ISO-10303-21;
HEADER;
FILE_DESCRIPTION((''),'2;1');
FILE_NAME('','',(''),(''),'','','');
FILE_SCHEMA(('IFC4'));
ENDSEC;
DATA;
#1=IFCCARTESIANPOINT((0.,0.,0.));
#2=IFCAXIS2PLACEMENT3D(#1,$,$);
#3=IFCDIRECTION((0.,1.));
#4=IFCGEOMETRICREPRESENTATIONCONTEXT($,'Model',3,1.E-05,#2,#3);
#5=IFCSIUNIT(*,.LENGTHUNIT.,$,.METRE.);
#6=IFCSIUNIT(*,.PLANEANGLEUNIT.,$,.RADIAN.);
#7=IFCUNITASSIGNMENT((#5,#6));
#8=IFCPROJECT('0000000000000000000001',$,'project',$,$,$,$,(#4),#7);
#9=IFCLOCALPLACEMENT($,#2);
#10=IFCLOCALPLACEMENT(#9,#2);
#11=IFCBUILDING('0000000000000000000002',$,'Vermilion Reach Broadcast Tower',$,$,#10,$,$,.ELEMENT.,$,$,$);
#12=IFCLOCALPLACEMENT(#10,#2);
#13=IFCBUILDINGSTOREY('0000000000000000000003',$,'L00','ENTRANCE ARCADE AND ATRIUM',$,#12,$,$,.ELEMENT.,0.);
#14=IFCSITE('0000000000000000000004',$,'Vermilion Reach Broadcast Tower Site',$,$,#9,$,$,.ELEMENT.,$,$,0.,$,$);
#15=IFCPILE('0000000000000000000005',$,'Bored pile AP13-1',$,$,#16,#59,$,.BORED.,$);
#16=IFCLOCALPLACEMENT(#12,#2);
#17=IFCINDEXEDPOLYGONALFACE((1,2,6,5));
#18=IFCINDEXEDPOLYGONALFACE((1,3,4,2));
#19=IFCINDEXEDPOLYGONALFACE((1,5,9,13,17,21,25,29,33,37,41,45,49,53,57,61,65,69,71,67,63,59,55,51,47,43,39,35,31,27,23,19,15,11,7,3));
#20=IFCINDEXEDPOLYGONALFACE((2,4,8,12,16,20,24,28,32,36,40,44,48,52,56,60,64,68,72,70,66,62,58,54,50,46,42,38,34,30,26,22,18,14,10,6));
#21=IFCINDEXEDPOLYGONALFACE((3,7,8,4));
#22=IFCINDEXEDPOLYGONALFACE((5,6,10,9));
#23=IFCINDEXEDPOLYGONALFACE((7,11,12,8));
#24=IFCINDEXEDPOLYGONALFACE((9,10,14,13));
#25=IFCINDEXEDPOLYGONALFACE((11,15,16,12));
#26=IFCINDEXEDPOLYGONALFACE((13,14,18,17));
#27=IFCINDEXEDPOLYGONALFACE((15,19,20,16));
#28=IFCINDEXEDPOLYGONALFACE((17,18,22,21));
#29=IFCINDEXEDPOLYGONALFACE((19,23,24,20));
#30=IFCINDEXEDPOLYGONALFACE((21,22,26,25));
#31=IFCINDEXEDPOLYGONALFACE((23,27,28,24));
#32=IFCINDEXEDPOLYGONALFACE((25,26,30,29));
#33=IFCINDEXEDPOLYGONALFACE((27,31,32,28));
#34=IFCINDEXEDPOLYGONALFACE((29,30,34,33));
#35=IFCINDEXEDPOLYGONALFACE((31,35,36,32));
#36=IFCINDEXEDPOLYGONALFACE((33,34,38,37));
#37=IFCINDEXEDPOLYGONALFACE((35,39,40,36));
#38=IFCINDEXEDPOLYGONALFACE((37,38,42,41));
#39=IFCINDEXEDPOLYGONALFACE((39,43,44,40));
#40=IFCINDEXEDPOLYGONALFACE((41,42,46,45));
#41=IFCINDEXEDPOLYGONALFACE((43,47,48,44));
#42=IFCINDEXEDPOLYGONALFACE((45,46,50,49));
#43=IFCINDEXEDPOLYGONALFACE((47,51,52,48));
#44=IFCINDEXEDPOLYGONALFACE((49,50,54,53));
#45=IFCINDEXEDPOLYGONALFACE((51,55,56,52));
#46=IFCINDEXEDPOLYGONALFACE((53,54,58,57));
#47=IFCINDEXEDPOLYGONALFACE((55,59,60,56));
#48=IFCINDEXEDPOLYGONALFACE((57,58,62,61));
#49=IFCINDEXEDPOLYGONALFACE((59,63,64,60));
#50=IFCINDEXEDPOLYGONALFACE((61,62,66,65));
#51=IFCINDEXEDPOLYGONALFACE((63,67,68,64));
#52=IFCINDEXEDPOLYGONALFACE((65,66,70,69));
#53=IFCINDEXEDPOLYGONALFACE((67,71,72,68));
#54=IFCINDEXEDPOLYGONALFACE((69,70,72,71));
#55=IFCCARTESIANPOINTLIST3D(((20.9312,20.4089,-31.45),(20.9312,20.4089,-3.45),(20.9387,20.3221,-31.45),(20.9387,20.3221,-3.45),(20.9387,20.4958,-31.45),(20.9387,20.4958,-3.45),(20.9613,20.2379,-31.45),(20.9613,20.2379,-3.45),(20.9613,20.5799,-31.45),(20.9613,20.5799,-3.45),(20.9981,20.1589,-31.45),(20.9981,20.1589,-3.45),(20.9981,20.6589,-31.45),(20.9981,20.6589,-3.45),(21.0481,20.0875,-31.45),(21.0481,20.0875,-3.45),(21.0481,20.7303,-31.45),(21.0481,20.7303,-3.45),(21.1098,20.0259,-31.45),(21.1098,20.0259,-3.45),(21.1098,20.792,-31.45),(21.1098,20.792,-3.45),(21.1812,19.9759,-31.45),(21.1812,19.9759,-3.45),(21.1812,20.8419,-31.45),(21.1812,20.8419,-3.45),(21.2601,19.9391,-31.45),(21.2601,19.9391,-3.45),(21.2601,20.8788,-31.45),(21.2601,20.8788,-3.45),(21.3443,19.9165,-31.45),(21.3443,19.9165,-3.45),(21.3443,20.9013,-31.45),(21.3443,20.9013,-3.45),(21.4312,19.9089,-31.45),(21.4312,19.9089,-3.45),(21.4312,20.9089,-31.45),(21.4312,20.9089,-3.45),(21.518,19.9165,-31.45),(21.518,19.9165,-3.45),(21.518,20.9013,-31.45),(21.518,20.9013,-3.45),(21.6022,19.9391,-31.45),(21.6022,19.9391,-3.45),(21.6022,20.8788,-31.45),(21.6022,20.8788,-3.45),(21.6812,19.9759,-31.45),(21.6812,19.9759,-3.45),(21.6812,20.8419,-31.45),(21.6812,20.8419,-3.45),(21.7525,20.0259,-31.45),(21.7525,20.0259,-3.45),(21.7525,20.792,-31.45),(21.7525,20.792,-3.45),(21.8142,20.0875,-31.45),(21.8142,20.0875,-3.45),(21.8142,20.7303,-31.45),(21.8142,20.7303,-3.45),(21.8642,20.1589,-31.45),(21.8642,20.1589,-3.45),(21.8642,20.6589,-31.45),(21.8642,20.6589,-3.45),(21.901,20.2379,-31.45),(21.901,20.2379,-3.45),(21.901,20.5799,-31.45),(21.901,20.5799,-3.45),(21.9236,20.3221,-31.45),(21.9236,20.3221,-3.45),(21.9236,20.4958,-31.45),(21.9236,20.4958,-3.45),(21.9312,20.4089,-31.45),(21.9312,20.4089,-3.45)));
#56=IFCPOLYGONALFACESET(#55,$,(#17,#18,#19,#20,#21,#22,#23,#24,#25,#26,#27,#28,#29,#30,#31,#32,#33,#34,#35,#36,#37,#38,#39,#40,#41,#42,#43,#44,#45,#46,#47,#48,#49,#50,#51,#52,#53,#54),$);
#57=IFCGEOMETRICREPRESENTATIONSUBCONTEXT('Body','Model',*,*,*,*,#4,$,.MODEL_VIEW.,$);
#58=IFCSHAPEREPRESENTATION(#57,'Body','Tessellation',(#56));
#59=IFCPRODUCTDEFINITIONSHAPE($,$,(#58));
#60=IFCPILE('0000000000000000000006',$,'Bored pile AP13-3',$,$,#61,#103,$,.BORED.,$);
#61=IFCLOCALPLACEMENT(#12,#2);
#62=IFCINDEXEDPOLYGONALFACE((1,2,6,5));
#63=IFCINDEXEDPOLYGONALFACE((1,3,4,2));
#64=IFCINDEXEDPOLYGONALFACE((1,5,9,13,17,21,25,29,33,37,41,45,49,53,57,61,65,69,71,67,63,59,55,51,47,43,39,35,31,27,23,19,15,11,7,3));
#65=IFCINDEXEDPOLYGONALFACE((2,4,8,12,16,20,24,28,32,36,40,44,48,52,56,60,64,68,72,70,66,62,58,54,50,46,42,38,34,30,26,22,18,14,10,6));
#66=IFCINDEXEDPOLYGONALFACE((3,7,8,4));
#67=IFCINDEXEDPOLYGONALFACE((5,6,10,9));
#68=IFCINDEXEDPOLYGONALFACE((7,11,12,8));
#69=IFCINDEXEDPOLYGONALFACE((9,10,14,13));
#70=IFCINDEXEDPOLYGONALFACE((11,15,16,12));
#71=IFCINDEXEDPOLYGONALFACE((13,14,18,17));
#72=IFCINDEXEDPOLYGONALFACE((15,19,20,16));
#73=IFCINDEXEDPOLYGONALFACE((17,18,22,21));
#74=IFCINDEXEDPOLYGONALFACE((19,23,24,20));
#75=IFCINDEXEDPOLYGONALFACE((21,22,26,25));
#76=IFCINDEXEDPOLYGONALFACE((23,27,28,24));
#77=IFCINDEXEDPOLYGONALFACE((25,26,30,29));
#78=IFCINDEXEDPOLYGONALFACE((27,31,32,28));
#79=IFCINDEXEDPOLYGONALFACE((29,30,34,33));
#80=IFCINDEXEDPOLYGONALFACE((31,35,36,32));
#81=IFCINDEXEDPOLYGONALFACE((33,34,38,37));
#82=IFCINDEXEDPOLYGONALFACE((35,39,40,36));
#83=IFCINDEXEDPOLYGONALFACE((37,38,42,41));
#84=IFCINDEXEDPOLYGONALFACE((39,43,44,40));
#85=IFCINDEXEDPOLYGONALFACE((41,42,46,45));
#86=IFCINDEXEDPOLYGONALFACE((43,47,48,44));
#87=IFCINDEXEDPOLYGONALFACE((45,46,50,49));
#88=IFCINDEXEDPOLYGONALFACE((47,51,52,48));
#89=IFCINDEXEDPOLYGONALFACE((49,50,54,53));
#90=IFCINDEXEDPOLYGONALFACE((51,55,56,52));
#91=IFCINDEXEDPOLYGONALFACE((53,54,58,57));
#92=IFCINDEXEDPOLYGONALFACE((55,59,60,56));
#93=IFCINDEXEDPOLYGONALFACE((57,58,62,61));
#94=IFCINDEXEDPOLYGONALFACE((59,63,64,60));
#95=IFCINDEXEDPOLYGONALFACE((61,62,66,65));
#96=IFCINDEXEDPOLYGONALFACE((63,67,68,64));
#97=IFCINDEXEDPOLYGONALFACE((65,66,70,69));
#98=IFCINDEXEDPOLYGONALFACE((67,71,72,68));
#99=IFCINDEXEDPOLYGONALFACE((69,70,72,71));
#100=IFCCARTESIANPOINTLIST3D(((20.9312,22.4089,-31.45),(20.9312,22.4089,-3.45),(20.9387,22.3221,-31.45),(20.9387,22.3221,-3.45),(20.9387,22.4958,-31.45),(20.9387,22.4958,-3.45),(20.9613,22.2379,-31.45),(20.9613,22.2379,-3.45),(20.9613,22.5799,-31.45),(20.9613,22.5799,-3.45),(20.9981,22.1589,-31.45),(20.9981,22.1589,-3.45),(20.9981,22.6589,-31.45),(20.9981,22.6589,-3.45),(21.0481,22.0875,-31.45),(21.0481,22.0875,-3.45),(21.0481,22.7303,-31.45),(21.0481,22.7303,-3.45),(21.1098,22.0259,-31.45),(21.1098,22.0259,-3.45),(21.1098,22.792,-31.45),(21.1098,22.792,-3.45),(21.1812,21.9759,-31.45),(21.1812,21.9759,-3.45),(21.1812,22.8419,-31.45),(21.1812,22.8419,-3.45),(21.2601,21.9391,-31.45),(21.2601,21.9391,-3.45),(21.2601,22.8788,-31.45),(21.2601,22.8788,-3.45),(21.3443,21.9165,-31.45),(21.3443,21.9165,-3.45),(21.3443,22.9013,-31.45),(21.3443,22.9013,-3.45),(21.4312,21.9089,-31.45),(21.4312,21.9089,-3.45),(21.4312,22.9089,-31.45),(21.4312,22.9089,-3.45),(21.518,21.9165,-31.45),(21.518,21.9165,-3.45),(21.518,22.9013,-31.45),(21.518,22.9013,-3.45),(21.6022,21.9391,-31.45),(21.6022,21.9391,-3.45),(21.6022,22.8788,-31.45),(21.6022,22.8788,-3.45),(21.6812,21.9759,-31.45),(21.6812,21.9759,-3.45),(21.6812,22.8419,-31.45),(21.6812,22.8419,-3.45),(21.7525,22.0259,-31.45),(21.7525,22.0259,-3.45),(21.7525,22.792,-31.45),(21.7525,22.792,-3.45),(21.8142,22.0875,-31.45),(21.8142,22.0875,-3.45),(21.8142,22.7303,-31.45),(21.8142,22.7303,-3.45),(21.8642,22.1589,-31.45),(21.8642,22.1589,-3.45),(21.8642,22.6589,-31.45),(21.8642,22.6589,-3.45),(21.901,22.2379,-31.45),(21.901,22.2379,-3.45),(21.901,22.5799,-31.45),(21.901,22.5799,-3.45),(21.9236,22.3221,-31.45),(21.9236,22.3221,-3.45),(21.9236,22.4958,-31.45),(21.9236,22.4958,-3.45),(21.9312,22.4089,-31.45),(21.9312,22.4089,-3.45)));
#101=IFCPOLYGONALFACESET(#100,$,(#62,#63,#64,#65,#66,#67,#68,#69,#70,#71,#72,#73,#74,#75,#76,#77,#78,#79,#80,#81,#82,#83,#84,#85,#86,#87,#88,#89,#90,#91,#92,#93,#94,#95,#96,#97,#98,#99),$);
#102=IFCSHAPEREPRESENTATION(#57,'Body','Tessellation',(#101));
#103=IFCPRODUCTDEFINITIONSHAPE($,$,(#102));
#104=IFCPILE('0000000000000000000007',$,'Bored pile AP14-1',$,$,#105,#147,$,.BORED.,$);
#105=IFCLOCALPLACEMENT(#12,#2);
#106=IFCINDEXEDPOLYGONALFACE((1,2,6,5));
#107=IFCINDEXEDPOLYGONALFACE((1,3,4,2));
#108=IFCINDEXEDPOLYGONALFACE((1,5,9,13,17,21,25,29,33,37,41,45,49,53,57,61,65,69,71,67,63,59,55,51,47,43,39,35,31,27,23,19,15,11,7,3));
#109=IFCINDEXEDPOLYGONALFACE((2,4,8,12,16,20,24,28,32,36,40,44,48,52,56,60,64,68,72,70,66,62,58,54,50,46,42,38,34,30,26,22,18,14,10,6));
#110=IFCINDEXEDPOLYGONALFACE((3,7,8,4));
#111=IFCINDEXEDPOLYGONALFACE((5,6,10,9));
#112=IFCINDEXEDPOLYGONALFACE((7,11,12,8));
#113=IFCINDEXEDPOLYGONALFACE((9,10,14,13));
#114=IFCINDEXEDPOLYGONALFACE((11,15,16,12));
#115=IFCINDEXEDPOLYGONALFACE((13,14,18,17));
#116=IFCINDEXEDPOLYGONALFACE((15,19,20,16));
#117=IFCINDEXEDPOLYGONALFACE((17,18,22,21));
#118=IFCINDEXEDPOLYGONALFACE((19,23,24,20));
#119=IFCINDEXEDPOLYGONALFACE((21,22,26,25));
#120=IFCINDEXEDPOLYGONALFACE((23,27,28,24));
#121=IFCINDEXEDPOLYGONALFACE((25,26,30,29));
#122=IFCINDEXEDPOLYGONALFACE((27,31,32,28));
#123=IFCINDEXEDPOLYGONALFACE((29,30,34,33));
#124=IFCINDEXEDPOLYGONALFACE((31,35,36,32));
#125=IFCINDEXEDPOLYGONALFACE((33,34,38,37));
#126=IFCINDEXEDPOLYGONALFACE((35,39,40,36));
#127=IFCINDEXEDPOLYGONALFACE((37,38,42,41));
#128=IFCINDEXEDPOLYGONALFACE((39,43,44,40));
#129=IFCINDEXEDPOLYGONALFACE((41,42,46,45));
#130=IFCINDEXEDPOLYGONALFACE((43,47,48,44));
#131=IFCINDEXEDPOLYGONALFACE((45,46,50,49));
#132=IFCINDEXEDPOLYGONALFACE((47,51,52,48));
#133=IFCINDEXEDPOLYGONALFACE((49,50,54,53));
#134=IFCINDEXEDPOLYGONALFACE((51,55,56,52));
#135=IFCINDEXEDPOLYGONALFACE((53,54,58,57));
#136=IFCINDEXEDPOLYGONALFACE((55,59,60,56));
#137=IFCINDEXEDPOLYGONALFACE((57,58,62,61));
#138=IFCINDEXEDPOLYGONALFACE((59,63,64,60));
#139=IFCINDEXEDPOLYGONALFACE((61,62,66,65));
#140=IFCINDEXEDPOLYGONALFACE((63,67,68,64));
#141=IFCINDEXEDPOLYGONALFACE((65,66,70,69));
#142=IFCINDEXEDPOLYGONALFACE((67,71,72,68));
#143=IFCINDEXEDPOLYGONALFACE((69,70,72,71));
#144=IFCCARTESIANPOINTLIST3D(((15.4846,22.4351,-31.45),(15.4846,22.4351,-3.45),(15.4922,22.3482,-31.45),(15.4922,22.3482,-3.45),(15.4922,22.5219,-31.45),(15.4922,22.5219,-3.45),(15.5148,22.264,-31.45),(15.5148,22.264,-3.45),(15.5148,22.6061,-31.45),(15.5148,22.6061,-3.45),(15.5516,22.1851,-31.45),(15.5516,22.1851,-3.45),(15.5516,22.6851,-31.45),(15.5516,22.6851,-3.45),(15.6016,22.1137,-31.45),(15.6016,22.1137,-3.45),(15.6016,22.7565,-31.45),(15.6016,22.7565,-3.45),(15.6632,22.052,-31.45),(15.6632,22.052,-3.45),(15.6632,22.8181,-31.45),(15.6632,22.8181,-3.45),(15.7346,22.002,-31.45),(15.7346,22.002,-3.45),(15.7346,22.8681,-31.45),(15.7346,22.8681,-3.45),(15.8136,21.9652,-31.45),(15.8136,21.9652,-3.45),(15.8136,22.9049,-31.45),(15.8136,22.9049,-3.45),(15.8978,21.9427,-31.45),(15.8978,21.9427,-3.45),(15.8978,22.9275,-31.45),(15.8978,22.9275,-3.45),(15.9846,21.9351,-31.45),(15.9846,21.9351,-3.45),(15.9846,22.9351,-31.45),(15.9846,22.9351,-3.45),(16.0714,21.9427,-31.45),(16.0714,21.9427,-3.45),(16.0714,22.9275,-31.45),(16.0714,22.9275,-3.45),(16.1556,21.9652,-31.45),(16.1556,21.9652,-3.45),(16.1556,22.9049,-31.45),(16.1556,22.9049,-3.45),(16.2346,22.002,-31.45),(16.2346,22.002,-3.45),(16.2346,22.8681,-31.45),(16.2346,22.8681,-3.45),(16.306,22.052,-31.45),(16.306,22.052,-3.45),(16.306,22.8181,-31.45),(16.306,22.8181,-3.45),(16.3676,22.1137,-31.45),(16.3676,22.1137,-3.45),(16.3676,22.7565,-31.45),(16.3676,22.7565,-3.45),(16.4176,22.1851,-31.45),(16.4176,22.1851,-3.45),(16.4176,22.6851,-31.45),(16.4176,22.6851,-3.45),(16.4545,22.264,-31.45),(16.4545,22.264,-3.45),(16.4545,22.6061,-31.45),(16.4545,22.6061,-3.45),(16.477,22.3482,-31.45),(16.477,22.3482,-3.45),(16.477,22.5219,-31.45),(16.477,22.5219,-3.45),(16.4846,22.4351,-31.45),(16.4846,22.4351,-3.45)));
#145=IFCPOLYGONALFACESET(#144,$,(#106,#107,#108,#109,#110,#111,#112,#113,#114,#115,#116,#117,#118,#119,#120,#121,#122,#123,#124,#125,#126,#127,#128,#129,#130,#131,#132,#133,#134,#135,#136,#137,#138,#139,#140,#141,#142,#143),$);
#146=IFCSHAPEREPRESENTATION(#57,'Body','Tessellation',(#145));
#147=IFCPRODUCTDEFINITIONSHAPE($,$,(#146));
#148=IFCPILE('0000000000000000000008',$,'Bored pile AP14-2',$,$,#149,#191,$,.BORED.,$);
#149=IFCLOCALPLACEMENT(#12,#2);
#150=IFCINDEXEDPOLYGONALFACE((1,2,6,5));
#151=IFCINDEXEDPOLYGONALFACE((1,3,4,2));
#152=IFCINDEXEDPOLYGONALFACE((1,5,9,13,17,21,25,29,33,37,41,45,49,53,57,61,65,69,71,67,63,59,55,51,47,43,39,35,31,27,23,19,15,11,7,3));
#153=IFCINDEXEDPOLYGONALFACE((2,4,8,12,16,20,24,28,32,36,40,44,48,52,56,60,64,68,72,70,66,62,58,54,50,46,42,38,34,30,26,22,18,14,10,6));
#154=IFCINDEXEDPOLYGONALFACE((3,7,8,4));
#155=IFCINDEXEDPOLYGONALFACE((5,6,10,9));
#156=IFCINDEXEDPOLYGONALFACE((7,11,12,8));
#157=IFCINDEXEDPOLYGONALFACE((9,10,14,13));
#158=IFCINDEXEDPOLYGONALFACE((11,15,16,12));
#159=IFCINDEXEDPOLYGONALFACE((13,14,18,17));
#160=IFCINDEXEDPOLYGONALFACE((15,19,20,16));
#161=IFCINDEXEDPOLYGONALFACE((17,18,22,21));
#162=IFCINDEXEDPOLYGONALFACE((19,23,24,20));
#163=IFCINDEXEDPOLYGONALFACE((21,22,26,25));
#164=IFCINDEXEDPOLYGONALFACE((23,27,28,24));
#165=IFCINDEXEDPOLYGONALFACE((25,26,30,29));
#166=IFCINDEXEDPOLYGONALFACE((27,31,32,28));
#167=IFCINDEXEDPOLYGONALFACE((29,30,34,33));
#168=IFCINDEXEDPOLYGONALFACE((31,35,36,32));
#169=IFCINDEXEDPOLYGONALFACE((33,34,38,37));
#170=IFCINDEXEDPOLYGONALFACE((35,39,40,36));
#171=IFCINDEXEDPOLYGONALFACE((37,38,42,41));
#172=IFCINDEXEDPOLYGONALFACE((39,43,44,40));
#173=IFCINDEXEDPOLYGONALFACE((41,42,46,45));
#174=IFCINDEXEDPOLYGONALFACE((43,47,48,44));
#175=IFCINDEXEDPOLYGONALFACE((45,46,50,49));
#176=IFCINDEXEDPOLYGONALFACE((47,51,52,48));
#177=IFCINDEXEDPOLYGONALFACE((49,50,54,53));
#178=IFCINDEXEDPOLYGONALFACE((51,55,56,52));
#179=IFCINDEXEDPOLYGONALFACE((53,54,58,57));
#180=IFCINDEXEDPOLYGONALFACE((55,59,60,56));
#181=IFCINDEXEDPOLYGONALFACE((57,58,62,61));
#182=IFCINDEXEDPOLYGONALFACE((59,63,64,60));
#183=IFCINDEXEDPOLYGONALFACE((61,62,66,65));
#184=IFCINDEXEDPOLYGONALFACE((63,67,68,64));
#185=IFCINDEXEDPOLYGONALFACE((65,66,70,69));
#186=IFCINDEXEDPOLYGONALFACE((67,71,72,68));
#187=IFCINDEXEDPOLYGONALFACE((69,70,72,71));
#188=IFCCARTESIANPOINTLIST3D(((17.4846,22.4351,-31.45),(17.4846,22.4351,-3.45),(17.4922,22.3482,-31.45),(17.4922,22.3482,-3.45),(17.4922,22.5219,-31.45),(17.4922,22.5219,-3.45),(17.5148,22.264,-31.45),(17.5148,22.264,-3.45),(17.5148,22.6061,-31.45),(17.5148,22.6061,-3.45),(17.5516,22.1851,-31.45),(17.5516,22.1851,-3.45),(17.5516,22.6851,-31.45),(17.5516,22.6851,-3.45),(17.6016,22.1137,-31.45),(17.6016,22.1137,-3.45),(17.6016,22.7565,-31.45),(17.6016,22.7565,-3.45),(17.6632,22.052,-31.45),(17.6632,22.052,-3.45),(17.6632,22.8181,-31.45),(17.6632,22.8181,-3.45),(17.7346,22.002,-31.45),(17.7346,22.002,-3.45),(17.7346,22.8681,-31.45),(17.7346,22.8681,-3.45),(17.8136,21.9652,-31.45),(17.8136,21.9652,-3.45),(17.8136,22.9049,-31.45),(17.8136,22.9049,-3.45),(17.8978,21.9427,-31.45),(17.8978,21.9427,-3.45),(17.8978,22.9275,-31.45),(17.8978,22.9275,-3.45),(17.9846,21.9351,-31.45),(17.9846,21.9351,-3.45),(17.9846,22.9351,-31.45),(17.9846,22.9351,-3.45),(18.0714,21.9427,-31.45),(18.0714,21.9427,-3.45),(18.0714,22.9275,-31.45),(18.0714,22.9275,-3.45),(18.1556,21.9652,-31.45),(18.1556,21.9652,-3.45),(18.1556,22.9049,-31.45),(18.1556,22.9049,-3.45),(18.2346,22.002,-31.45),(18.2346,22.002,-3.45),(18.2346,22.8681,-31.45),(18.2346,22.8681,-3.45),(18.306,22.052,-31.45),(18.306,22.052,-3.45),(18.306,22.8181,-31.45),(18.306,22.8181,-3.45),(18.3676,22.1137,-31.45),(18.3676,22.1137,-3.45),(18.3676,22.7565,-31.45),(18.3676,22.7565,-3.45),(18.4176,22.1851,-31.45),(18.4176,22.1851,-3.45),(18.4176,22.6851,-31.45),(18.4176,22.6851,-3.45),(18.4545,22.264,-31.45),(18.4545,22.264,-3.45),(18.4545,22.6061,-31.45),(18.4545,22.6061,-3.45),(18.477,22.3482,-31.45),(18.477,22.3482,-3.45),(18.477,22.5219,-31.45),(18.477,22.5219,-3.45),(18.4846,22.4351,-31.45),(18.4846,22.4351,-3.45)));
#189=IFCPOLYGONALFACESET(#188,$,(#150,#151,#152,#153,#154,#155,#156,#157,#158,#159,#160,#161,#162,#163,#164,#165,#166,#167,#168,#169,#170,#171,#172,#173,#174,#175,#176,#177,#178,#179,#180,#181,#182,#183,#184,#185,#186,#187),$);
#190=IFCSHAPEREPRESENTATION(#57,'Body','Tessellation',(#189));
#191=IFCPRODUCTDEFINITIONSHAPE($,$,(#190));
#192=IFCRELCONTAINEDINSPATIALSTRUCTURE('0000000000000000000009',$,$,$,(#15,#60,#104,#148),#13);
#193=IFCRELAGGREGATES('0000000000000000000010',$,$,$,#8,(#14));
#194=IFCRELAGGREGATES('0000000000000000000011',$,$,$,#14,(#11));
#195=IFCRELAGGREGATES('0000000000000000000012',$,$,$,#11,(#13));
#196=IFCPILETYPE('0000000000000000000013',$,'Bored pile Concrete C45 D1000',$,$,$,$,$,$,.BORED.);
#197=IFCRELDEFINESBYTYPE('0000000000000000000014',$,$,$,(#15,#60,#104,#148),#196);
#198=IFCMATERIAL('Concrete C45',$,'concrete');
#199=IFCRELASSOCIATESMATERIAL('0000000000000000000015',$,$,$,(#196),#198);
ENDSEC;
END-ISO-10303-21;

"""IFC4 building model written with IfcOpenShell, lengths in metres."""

from ifc_helpers import new_model, si_unit, direction, frame, origin, origin_2d, place, context, subcontext, project, spatial, circle, extrude, material, material_profile, profile_set, type_object, element, save


model = new_model("IFC4")

# Units and contexts
model_context = context("Model", 3, precision=1e-05, world=origin(), true_north=direction((0.0, 1.0)))
body_context = subcontext(model_context, "Body", "Model", "MODEL_VIEW")
ifc_project = project(units=[si_unit("LENGTHUNIT", "METRE"), si_unit("PLANEANGLEUNIT", "RADIAN")], contexts=[model_context])

# Site, building, storey
site_placement = place(None, origin())
site = spatial("IfcSite", under=ifc_project, at=site_placement, Name="Vermilion Reach Broadcast Tower Site", CompositionType="ELEMENT", RefElevation=0.0)
building_placement = place(site_placement, origin())
building = spatial("IfcBuilding", under=site, at=building_placement, Name="Vermilion Reach Broadcast Tower", CompositionType="ELEMENT")
storey_placement = place(building_placement, origin())
storey = spatial("IfcBuildingStorey", under=building, at=storey_placement, Name="L00", Description="ENTRANCE ARCADE AND ATRIUM", CompositionType="ELEMENT", Elevation=0.0)

# Piles
ifc_material_1 = material(Name="Concrete C45", Category="concrete")
ifc_material_profile_1 = material_profile(ifc_material_1, circle(Radius=0.5, at=origin_2d()), Name="Concrete C45 D1000")
ifc_profile_set_1 = profile_set([ifc_material_profile_1], Name="Concrete C45")
pile_type = type_object("IfcPileType", Name="Bored pile Concrete C45 D1000", PredefinedType="BORED", material=ifc_profile_set_1)
for number, where, z_axis, x_axis, name in (
    (1, (21.4312, 20.4089, -3.45), (0.0, 0.0, -1.0), (1.0, 0.0, 0.0), "Bored pile AP13-1"),
    (2, (21.4312, 22.4089, -3.45), (0.0, 0.0, -1.0), (1.0, 0.0, 0.0), "Bored pile AP13-3"),
    (3, (15.9846, 22.4351, -3.45), (0.0, 0.0, -1.0), (1.0, 0.0, 0.0), "Bored pile AP14-1"),
    (4, (17.9846, 22.4351, -3.45), (0.0, 0.0, -1.0), (1.0, 0.0, 0.0), "Bored pile AP14-2"),
):
    element("IfcPile", number, at=place(storey_placement, frame(where, z_axis=z_axis, x_axis=x_axis)), inside=storey, type_object=pile_type, Name=name, PredefinedType="BORED", context=body_context, shape_type="SweptSolid", body=[
        extrude(circle(Radius=0.5, at=origin_2d()), origin(), (0.0, 0.0, 1.0), 28.0),
    ])

save(model, "model.ifc")
